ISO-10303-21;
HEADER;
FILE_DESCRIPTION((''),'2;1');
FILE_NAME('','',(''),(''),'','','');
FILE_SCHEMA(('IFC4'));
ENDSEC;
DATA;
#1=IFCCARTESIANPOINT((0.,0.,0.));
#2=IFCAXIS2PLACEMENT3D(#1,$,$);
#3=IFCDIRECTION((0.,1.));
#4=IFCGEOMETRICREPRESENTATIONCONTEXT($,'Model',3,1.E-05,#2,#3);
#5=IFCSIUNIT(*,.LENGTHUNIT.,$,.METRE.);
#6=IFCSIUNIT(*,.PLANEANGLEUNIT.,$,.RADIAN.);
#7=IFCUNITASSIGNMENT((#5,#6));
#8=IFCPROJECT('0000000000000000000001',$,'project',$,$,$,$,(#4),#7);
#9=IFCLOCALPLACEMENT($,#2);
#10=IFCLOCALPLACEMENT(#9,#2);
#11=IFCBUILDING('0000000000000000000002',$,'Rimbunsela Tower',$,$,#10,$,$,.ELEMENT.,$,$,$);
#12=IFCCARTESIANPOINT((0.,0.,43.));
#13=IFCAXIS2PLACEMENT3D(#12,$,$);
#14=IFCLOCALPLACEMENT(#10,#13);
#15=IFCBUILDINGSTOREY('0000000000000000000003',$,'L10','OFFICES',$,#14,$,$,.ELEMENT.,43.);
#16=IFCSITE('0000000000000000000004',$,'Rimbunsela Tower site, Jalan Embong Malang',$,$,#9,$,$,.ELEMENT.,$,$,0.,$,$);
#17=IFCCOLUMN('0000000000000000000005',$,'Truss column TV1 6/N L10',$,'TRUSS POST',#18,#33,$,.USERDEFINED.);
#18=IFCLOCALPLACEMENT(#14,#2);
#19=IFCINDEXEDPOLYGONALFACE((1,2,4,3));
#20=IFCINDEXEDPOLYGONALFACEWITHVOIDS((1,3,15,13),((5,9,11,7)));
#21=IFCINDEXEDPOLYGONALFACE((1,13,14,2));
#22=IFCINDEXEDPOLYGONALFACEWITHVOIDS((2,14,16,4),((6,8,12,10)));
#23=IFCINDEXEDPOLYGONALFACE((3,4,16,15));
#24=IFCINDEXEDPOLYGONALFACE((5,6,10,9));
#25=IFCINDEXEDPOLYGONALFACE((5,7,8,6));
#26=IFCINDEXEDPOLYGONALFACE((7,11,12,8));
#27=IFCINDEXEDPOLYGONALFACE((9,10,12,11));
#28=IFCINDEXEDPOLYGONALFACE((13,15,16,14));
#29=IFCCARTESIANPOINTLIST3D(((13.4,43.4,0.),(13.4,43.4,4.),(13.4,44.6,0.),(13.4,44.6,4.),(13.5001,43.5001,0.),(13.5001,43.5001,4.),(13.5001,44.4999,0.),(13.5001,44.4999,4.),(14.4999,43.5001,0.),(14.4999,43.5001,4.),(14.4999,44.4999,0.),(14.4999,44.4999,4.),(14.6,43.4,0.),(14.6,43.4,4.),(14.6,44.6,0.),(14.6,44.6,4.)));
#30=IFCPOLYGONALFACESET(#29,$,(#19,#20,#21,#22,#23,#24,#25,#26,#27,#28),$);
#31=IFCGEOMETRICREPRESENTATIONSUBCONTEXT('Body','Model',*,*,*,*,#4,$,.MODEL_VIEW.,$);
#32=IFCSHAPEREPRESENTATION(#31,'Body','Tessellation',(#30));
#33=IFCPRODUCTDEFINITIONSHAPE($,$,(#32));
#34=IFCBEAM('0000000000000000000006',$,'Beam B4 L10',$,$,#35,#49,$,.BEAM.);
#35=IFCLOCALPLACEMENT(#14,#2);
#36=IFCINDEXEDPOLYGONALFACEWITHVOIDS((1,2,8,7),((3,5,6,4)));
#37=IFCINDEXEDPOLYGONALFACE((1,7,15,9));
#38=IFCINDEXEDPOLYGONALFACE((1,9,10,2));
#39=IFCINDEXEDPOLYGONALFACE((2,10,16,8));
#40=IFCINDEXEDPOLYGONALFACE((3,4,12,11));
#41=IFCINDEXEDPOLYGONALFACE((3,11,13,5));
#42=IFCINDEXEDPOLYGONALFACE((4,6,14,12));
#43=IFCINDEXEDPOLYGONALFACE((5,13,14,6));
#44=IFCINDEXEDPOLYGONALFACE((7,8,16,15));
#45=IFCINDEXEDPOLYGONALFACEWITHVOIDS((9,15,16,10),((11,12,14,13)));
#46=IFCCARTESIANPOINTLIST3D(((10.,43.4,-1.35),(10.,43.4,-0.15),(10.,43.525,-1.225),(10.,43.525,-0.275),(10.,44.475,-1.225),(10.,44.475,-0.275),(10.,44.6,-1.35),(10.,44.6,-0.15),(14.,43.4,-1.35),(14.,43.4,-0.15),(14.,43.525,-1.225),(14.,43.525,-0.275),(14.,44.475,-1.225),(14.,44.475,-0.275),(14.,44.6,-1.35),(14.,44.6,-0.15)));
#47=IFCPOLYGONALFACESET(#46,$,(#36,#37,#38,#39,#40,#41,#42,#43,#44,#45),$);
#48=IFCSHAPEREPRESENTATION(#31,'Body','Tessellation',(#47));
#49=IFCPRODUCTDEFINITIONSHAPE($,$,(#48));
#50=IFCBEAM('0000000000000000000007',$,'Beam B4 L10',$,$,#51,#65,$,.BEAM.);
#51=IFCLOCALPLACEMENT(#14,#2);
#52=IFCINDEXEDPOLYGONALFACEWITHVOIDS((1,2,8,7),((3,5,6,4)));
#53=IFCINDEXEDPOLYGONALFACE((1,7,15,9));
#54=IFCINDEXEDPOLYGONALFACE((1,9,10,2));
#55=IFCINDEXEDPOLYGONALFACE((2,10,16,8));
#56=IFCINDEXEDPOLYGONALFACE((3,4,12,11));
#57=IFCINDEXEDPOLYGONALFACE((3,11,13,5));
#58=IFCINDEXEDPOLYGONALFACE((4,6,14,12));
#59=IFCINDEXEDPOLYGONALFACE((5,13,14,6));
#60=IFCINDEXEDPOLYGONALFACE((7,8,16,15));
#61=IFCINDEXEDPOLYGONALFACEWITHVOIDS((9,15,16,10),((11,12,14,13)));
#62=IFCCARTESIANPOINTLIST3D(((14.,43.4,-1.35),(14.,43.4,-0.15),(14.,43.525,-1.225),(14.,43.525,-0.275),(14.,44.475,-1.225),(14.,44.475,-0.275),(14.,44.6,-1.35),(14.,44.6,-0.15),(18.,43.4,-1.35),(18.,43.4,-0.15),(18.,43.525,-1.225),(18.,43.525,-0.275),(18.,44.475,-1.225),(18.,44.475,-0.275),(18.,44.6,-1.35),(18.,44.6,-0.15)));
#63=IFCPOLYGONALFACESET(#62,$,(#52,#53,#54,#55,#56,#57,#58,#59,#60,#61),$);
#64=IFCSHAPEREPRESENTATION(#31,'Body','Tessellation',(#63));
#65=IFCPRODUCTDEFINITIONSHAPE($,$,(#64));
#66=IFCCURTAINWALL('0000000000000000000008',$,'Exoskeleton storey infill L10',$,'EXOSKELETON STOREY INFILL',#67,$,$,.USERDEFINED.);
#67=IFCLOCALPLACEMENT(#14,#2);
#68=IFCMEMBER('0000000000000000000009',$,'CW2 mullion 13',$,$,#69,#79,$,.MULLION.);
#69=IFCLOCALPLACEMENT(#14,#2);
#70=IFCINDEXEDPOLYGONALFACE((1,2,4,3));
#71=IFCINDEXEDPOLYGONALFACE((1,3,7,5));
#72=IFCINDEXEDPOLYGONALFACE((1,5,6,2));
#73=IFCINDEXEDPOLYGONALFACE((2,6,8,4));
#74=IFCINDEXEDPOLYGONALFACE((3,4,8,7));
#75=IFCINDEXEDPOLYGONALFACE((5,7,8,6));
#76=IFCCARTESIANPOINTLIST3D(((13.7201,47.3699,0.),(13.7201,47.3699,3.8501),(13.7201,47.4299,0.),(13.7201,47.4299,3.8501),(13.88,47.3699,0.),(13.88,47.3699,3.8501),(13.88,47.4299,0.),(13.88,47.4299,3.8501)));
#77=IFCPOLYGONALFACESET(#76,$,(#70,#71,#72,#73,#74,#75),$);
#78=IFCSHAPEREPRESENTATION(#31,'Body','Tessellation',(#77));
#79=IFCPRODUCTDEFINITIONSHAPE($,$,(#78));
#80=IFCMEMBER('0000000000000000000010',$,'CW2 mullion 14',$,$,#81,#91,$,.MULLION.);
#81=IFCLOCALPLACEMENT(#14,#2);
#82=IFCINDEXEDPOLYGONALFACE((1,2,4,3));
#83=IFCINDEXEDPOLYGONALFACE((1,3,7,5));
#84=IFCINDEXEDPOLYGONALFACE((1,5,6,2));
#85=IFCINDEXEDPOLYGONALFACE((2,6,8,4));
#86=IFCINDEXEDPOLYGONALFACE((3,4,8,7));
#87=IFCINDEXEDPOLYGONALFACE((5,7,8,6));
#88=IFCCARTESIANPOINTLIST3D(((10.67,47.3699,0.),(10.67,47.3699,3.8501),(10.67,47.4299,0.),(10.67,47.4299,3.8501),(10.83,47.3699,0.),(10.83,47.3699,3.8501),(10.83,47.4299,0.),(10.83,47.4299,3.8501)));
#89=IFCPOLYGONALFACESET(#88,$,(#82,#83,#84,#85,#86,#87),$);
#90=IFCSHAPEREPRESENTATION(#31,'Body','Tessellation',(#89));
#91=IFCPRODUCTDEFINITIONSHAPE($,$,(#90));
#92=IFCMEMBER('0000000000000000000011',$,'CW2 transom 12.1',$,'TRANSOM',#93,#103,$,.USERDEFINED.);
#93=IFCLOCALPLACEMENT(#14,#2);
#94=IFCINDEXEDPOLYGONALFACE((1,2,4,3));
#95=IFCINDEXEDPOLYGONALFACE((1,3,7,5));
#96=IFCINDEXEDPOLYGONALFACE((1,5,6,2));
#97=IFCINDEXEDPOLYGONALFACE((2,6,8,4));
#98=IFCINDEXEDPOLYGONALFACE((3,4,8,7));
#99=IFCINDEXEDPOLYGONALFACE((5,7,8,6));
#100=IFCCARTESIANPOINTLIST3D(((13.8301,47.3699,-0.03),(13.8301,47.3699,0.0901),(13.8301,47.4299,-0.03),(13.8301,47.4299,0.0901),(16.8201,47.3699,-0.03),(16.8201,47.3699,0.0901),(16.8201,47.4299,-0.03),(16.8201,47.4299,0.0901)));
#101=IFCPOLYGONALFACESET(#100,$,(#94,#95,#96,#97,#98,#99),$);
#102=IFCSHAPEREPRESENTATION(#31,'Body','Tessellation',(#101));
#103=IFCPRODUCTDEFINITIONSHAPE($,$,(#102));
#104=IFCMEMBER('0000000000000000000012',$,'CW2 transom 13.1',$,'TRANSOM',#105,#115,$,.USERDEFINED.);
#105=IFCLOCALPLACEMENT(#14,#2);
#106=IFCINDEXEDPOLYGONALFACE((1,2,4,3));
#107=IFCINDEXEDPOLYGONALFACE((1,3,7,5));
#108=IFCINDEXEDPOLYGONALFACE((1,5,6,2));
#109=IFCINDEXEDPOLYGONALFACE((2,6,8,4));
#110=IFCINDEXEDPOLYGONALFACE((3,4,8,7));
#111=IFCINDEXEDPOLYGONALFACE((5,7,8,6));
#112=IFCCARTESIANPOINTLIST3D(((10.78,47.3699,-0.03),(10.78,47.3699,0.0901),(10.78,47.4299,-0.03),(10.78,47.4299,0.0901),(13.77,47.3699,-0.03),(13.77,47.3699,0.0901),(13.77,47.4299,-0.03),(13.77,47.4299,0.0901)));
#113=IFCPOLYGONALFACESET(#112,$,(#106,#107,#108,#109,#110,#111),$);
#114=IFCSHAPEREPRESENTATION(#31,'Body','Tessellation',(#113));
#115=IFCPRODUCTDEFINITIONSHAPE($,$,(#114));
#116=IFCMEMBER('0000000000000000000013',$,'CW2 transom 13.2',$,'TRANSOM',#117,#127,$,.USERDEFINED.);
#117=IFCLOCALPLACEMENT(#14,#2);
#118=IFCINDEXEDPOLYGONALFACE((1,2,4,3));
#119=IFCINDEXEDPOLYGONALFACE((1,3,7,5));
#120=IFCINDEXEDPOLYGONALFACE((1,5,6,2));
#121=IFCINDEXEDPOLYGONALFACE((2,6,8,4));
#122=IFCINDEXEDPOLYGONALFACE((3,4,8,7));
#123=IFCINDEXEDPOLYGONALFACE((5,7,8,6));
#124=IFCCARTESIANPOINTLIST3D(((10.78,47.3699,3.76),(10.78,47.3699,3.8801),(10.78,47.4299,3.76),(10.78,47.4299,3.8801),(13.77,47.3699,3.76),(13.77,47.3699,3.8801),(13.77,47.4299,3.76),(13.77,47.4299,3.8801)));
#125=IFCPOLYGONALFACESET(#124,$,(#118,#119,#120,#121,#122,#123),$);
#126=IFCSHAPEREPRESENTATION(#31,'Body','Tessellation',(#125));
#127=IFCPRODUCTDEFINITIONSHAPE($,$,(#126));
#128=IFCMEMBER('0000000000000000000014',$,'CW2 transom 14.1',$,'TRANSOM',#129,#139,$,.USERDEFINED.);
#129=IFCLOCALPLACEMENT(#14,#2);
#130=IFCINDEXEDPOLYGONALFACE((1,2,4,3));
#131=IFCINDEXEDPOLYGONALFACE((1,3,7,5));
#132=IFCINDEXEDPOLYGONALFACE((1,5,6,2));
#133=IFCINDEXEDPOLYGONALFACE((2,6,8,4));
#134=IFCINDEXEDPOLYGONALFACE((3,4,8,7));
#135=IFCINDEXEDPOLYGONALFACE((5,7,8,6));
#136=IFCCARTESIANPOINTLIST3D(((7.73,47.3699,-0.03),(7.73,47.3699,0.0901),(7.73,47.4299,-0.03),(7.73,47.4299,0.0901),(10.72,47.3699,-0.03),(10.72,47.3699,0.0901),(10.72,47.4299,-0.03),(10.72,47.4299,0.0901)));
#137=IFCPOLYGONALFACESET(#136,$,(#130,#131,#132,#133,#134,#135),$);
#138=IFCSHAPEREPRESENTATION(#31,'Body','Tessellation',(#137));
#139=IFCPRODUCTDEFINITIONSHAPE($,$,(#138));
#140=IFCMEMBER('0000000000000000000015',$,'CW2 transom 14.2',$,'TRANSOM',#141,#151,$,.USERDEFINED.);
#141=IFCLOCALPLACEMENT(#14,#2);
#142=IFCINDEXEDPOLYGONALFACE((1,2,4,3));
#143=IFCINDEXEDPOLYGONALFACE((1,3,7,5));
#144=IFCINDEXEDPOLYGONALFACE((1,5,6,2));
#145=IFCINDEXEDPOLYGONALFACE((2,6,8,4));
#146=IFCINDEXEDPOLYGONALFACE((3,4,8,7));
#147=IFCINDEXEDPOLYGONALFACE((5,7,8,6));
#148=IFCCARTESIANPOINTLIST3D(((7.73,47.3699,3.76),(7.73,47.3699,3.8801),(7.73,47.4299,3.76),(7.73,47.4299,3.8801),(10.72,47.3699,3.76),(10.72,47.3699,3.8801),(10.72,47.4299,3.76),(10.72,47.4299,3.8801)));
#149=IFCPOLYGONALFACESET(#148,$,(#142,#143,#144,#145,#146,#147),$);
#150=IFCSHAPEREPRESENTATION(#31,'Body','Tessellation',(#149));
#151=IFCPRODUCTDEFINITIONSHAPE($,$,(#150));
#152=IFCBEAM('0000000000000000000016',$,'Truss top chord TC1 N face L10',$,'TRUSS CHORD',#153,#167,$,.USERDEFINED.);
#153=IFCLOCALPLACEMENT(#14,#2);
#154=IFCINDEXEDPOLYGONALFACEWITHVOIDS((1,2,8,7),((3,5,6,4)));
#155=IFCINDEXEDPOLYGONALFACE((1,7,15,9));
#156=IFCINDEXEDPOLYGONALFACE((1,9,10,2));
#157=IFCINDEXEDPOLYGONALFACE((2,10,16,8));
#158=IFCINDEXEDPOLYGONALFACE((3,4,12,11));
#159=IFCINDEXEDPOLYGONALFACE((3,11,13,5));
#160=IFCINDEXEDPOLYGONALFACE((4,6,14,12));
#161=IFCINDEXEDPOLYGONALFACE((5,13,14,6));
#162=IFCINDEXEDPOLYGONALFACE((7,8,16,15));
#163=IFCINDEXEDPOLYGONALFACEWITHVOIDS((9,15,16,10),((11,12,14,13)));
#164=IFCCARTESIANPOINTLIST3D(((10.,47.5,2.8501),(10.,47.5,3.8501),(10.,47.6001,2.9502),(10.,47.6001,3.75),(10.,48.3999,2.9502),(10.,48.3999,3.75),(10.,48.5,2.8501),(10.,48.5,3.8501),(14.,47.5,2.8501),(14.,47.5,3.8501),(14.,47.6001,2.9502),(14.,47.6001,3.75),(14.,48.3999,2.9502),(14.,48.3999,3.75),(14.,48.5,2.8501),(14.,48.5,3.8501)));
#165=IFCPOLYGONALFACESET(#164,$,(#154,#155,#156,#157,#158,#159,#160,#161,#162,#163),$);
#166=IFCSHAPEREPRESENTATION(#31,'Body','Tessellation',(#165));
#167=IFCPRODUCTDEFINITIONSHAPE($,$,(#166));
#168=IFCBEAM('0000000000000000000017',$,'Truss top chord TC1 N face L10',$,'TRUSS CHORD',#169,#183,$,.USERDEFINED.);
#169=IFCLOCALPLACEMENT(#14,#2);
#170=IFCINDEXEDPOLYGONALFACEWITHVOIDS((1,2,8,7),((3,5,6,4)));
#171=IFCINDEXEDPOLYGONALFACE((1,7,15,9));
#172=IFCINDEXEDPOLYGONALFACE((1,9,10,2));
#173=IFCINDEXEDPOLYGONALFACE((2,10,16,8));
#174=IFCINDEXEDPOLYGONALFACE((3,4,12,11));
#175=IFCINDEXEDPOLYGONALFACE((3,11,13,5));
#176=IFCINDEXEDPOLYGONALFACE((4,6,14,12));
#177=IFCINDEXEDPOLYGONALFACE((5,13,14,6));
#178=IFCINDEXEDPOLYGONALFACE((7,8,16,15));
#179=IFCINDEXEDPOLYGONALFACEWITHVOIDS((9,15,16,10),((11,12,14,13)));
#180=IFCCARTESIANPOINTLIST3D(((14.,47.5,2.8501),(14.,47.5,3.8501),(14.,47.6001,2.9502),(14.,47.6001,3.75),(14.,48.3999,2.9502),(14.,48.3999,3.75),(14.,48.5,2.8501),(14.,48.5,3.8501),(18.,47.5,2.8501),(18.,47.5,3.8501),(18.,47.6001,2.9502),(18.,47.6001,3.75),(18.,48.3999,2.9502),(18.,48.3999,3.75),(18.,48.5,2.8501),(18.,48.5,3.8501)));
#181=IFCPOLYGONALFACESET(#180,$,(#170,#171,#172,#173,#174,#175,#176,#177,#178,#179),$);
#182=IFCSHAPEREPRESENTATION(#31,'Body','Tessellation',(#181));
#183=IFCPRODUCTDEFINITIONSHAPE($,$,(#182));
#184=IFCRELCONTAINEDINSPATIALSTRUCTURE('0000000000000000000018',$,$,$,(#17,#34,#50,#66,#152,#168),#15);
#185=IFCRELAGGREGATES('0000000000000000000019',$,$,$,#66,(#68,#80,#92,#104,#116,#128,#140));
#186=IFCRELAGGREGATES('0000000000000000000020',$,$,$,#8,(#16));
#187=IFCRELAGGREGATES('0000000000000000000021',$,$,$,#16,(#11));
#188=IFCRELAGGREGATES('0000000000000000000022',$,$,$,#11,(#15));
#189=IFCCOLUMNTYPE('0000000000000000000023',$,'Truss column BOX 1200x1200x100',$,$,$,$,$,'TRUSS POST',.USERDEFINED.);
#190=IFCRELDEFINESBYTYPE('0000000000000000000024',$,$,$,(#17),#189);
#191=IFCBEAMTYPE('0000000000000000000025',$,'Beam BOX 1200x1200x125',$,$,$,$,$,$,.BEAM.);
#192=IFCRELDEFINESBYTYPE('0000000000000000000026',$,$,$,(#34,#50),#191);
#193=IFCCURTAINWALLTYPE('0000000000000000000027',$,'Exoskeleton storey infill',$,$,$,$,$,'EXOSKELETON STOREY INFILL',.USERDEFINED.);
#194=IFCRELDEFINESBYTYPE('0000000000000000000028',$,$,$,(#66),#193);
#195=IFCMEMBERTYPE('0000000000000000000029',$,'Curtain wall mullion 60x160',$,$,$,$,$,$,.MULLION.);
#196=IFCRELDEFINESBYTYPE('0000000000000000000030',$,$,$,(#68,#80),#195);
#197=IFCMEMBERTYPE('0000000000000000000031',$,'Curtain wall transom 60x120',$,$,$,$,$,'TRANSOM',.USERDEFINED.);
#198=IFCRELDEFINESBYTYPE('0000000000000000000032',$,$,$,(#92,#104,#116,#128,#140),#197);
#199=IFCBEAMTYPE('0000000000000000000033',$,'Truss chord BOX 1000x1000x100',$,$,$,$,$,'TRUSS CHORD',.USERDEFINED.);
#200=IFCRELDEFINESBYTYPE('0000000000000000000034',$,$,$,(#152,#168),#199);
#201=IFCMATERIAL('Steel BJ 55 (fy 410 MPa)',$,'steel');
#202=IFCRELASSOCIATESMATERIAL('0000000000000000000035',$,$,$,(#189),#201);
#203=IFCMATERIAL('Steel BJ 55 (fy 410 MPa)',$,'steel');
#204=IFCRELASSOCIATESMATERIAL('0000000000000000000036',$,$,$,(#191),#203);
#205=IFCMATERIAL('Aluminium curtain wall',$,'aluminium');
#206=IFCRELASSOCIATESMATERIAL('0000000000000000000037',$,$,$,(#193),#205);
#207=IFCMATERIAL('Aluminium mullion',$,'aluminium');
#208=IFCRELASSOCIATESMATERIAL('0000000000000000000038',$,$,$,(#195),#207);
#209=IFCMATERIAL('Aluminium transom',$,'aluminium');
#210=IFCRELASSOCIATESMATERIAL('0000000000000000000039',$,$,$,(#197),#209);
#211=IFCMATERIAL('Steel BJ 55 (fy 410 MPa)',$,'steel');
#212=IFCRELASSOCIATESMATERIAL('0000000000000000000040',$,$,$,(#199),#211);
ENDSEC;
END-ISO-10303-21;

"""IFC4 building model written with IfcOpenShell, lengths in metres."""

from ifc_helpers import new_model, si_unit, direction, frame, origin, origin_2d, place, context, subcontext, project, spatial, rectangle, hollow_rectangle, extrude, material, material_profile, profile_set, type_object, element, aggregate, save


model = new_model("IFC4")

# Units and contexts
model_context = context("Model", 3, precision=1e-05, world=origin(), true_north=direction((0.0, 1.0)))
body_context = subcontext(model_context, "Body", "Model", "MODEL_VIEW")
ifc_project = project(units=[si_unit("LENGTHUNIT", "METRE"), si_unit("PLANEANGLEUNIT", "RADIAN")], contexts=[model_context])

# Site, building, storey
site_placement = place(None, origin())
site = spatial("IfcSite", under=ifc_project, at=site_placement, Name="Rimbunsela Tower site, Jalan Embong Malang", CompositionType="ELEMENT", RefElevation=0.0)
building_placement = place(site_placement, origin())
building = spatial("IfcBuilding", under=site, at=building_placement, Name="Rimbunsela Tower", CompositionType="ELEMENT")
storey_placement = place(building_placement, frame((0.0, 0.0, 43.0)))
storey = spatial("IfcBuildingStorey", under=building, at=storey_placement, Name="L10", Description="OFFICES", CompositionType="ELEMENT", Elevation=43.0)

# Column
ifc_material_1 = material(Name="Steel BJ 55 (fy 410 MPa)", Category="steel")
ifc_material_profile_1 = material_profile(ifc_material_1, hollow_rectangle(XDim=1.2, YDim=1.2, WallThickness=0.1001, at=origin_2d()), Name="BOX 1200x1200x100")
ifc_profile_set_1 = profile_set([ifc_material_profile_1], Name="Steel BJ 55 (fy 410 MPa)")
column_type = type_object("IfcColumnType", Name="Truss column BOX 1200x1200x100", ElementType="TRUSS POST", PredefinedType="USERDEFINED", material=ifc_profile_set_1)
column_placement = place(storey_placement, frame((14.0, 44.0, 0.0), z_axis=(0.0, 0.0, 1.0), x_axis=(1.0, 0.0, 0.0)))
element("IfcColumn", 1, at=column_placement, inside=storey, type_object=column_type, Name="Truss column TV1 6/N L10", ObjectType="TRUSS POST", PredefinedType="USERDEFINED", context=body_context, shape_type="SweptSolid", body=[
    extrude(hollow_rectangle(XDim=1.2, YDim=1.2, WallThickness=0.1001, at=origin_2d()), origin(), (0.0, 0.0, 1.0), 4.0),
])

# Beams
ifc_material_2 = material(Name="Steel BJ 55 (fy 410 MPa)", Category="steel")
ifc_material_profile_2 = material_profile(ifc_material_2, hollow_rectangle(XDim=1.2, YDim=1.2, WallThickness=0.125, at=origin_2d()), Name="BOX 1200x1200x125")
ifc_profile_set_2 = profile_set([ifc_material_profile_2], Name="Steel BJ 55 (fy 410 MPa)")
beam_type_1 = type_object("IfcBeamType", Name="Beam BOX 1200x1200x125", PredefinedType="BEAM", material=ifc_profile_set_2)
for number, where, z_axis, x_axis, name in (
    (2, (10.0, 44.0, -0.75), (1.0, 0.0, 0.0), (0.0, 1.0, 0.0), "Beam B4 L10"),
    (3, (14.0, 44.0, -0.75), (1.0, 0.0, 0.0), (0.0, 1.0, 0.0), "Beam B4 L10"),
):
    element("IfcBeam", number, at=place(storey_placement, frame(where, z_axis=z_axis, x_axis=x_axis)), inside=storey, type_object=beam_type_1, Name=name, PredefinedType="BEAM", context=body_context, shape_type="SweptSolid", body=[
        extrude(hollow_rectangle(XDim=1.2, YDim=1.2, WallThickness=0.125, at=origin_2d()), origin(), (0.0, 0.0, 1.0), 4.0),
    ])

# Curtain wall, members
ifc_material_3 = material(Name="Aluminium curtain wall", Category="aluminium")
curtain_wall_type = type_object("IfcCurtainWallType", Name="Exoskeleton storey infill", ElementType="EXOSKELETON STOREY INFILL", PredefinedType="USERDEFINED", material=ifc_material_3)
curtain_wall_placement = place(storey_placement, origin())
curtain_wall = element("IfcCurtainWall", 4, at=curtain_wall_placement, inside=storey, type_object=curtain_wall_type, Name="Exoskeleton storey infill L10", ObjectType="EXOSKELETON STOREY INFILL", PredefinedType="USERDEFINED")
ifc_material_4 = material(Name="Aluminium mullion", Category="aluminium")
ifc_material_profile_3 = material_profile(ifc_material_4, rectangle(XDim=0.0601, YDim=0.1599, at=origin_2d()), Name="Mullion 60x160")
ifc_profile_set_3 = profile_set([ifc_material_profile_3], Name="Aluminium mullion")
member_type_1 = type_object("IfcMemberType", Name="Curtain wall mullion 60x160", PredefinedType="MULLION", material=ifc_profile_set_3)
member_1_placement = place(storey_placement, frame((13.8, 47.3999, 0.0), z_axis=(0.0, 0.0, 1.0), x_axis=(0.0, -1.0, 0.0)))
member_1 = element("IfcMember", 5, at=member_1_placement, type_object=member_type_1, Name="CW2 mullion 13", PredefinedType="MULLION", context=body_context, shape_type="SweptSolid", body=[
    extrude(rectangle(XDim=0.0601, YDim=0.1599, at=origin_2d()), origin(), (0.0, 0.0, 1.0), 3.8501),
])
member_2_placement = place(storey_placement, frame((10.75, 47.3999, 0.0), z_axis=(0.0, 0.0, 1.0), x_axis=(0.0, -1.0, 0.0)))
member_2 = element("IfcMember", 6, at=member_2_placement, type_object=member_type_1, Name="CW2 mullion 14", PredefinedType="MULLION", context=body_context, shape_type="SweptSolid", body=[
    extrude(rectangle(XDim=0.0601, YDim=0.1599, at=origin_2d()), origin(), (0.0, 0.0, 1.0), 3.8501),
])
ifc_material_5 = material(Name="Aluminium transom", Category="aluminium")
ifc_material_profile_4 = material_profile(ifc_material_5, rectangle(XDim=0.0601, YDim=0.1201, at=origin_2d()), Name="Transom 60x120")
ifc_profile_set_4 = profile_set([ifc_material_profile_4], Name="Aluminium transom")
member_type_2 = type_object("IfcMemberType", Name="Curtain wall transom 60x120", ElementType="TRANSOM", PredefinedType="USERDEFINED", material=ifc_profile_set_4)
member_3_placement = place(storey_placement, frame((16.8201, 47.3999, 0.03), z_axis=(-1.0, 0.0, 0.0), x_axis=(0.0, -1.0, 0.0)))
member_3 = element("IfcMember", 7, at=member_3_placement, type_object=member_type_2, Name="CW2 transom 12.1", ObjectType="TRANSOM", PredefinedType="USERDEFINED", context=body_context, shape_type="SweptSolid", body=[
    extrude(rectangle(XDim=0.0601, YDim=0.1201, at=origin_2d()), origin(), (0.0, 0.0, 1.0), 2.99),
])
member_4_placement = place(storey_placement, frame((13.77, 47.3999, 0.03), z_axis=(-1.0, 0.0, 0.0), x_axis=(0.0, -1.0, 0.0)))
member_4 = element("IfcMember", 8, at=member_4_placement, type_object=member_type_2, Name="CW2 transom 13.1", ObjectType="TRANSOM", PredefinedType="USERDEFINED", context=body_context, shape_type="SweptSolid", body=[
    extrude(rectangle(XDim=0.0601, YDim=0.1201, at=origin_2d()), origin(), (0.0, 0.0, 1.0), 2.99),
])
member_5_placement = place(storey_placement, frame((13.77, 47.3999, 3.8201), z_axis=(-1.0, 0.0, 0.0), x_axis=(0.0, -1.0, 0.0)))
member_5 = element("IfcMember", 9, at=member_5_placement, type_object=member_type_2, Name="CW2 transom 13.2", ObjectType="TRANSOM", PredefinedType="USERDEFINED", context=body_context, shape_type="SweptSolid", body=[
    extrude(rectangle(XDim=0.0601, YDim=0.1201, at=origin_2d()), origin(), (0.0, 0.0, 1.0), 2.99),
])
member_6_placement = place(storey_placement, frame((10.72, 47.3999, 0.03), z_axis=(-1.0, 0.0, 0.0), x_axis=(0.0, -1.0, 0.0)))
member_6 = element("IfcMember", 10, at=member_6_placement, type_object=member_type_2, Name="CW2 transom 14.1", ObjectType="TRANSOM", PredefinedType="USERDEFINED", context=body_context, shape_type="SweptSolid", body=[
    extrude(rectangle(XDim=0.0601, YDim=0.1201, at=origin_2d()), origin(), (0.0, 0.0, 1.0), 2.99),
])
member_7_placement = place(storey_placement, frame((10.72, 47.3999, 3.8201), z_axis=(-1.0, 0.0, 0.0), x_axis=(0.0, -1.0, 0.0)))
member_7 = element("IfcMember", 11, at=member_7_placement, type_object=member_type_2, Name="CW2 transom 14.2", ObjectType="TRANSOM", PredefinedType="USERDEFINED", context=body_context, shape_type="SweptSolid", body=[
    extrude(rectangle(XDim=0.0601, YDim=0.1201, at=origin_2d()), origin(), (0.0, 0.0, 1.0), 2.99),
])

# Beams
ifc_material_6 = material(Name="Steel BJ 55 (fy 410 MPa)", Category="steel")
ifc_material_profile_5 = material_profile(ifc_material_6, hollow_rectangle(XDim=1.0, YDim=1.0, WallThickness=0.1001, at=origin_2d()), Name="BOX 1000x1000x100")
ifc_profile_set_5 = profile_set([ifc_material_profile_5], Name="Steel BJ 55 (fy 410 MPa)")
beam_type_2 = type_object("IfcBeamType", Name="Truss chord BOX 1000x1000x100", ElementType="TRUSS CHORD", PredefinedType="USERDEFINED", material=ifc_profile_set_5)
for number, where, z_axis, x_axis, name in (
    (12, (10.0, 48.0, 3.3501), (1.0, 0.0, 0.0), (0.0, 1.0, 0.0), "Truss top chord TC1 N face L10"),
    (13, (14.0, 48.0, 3.3501), (1.0, 0.0, 0.0), (0.0, 1.0, 0.0), "Truss top chord TC1 N face L10"),
):
    element("IfcBeam", number, at=place(storey_placement, frame(where, z_axis=z_axis, x_axis=x_axis)), inside=storey, type_object=beam_type_2, Name=name, ObjectType="TRUSS CHORD", PredefinedType="USERDEFINED", context=body_context, shape_type="SweptSolid", body=[
        extrude(hollow_rectangle(XDim=1.0, YDim=1.0, WallThickness=0.1001, at=origin_2d()), origin(), (0.0, 0.0, 1.0), 4.0),
    ])

aggregate(curtain_wall, [member_1, member_2, member_3, member_4, member_5, member_6, member_7])

save(model, "model.ifc")
